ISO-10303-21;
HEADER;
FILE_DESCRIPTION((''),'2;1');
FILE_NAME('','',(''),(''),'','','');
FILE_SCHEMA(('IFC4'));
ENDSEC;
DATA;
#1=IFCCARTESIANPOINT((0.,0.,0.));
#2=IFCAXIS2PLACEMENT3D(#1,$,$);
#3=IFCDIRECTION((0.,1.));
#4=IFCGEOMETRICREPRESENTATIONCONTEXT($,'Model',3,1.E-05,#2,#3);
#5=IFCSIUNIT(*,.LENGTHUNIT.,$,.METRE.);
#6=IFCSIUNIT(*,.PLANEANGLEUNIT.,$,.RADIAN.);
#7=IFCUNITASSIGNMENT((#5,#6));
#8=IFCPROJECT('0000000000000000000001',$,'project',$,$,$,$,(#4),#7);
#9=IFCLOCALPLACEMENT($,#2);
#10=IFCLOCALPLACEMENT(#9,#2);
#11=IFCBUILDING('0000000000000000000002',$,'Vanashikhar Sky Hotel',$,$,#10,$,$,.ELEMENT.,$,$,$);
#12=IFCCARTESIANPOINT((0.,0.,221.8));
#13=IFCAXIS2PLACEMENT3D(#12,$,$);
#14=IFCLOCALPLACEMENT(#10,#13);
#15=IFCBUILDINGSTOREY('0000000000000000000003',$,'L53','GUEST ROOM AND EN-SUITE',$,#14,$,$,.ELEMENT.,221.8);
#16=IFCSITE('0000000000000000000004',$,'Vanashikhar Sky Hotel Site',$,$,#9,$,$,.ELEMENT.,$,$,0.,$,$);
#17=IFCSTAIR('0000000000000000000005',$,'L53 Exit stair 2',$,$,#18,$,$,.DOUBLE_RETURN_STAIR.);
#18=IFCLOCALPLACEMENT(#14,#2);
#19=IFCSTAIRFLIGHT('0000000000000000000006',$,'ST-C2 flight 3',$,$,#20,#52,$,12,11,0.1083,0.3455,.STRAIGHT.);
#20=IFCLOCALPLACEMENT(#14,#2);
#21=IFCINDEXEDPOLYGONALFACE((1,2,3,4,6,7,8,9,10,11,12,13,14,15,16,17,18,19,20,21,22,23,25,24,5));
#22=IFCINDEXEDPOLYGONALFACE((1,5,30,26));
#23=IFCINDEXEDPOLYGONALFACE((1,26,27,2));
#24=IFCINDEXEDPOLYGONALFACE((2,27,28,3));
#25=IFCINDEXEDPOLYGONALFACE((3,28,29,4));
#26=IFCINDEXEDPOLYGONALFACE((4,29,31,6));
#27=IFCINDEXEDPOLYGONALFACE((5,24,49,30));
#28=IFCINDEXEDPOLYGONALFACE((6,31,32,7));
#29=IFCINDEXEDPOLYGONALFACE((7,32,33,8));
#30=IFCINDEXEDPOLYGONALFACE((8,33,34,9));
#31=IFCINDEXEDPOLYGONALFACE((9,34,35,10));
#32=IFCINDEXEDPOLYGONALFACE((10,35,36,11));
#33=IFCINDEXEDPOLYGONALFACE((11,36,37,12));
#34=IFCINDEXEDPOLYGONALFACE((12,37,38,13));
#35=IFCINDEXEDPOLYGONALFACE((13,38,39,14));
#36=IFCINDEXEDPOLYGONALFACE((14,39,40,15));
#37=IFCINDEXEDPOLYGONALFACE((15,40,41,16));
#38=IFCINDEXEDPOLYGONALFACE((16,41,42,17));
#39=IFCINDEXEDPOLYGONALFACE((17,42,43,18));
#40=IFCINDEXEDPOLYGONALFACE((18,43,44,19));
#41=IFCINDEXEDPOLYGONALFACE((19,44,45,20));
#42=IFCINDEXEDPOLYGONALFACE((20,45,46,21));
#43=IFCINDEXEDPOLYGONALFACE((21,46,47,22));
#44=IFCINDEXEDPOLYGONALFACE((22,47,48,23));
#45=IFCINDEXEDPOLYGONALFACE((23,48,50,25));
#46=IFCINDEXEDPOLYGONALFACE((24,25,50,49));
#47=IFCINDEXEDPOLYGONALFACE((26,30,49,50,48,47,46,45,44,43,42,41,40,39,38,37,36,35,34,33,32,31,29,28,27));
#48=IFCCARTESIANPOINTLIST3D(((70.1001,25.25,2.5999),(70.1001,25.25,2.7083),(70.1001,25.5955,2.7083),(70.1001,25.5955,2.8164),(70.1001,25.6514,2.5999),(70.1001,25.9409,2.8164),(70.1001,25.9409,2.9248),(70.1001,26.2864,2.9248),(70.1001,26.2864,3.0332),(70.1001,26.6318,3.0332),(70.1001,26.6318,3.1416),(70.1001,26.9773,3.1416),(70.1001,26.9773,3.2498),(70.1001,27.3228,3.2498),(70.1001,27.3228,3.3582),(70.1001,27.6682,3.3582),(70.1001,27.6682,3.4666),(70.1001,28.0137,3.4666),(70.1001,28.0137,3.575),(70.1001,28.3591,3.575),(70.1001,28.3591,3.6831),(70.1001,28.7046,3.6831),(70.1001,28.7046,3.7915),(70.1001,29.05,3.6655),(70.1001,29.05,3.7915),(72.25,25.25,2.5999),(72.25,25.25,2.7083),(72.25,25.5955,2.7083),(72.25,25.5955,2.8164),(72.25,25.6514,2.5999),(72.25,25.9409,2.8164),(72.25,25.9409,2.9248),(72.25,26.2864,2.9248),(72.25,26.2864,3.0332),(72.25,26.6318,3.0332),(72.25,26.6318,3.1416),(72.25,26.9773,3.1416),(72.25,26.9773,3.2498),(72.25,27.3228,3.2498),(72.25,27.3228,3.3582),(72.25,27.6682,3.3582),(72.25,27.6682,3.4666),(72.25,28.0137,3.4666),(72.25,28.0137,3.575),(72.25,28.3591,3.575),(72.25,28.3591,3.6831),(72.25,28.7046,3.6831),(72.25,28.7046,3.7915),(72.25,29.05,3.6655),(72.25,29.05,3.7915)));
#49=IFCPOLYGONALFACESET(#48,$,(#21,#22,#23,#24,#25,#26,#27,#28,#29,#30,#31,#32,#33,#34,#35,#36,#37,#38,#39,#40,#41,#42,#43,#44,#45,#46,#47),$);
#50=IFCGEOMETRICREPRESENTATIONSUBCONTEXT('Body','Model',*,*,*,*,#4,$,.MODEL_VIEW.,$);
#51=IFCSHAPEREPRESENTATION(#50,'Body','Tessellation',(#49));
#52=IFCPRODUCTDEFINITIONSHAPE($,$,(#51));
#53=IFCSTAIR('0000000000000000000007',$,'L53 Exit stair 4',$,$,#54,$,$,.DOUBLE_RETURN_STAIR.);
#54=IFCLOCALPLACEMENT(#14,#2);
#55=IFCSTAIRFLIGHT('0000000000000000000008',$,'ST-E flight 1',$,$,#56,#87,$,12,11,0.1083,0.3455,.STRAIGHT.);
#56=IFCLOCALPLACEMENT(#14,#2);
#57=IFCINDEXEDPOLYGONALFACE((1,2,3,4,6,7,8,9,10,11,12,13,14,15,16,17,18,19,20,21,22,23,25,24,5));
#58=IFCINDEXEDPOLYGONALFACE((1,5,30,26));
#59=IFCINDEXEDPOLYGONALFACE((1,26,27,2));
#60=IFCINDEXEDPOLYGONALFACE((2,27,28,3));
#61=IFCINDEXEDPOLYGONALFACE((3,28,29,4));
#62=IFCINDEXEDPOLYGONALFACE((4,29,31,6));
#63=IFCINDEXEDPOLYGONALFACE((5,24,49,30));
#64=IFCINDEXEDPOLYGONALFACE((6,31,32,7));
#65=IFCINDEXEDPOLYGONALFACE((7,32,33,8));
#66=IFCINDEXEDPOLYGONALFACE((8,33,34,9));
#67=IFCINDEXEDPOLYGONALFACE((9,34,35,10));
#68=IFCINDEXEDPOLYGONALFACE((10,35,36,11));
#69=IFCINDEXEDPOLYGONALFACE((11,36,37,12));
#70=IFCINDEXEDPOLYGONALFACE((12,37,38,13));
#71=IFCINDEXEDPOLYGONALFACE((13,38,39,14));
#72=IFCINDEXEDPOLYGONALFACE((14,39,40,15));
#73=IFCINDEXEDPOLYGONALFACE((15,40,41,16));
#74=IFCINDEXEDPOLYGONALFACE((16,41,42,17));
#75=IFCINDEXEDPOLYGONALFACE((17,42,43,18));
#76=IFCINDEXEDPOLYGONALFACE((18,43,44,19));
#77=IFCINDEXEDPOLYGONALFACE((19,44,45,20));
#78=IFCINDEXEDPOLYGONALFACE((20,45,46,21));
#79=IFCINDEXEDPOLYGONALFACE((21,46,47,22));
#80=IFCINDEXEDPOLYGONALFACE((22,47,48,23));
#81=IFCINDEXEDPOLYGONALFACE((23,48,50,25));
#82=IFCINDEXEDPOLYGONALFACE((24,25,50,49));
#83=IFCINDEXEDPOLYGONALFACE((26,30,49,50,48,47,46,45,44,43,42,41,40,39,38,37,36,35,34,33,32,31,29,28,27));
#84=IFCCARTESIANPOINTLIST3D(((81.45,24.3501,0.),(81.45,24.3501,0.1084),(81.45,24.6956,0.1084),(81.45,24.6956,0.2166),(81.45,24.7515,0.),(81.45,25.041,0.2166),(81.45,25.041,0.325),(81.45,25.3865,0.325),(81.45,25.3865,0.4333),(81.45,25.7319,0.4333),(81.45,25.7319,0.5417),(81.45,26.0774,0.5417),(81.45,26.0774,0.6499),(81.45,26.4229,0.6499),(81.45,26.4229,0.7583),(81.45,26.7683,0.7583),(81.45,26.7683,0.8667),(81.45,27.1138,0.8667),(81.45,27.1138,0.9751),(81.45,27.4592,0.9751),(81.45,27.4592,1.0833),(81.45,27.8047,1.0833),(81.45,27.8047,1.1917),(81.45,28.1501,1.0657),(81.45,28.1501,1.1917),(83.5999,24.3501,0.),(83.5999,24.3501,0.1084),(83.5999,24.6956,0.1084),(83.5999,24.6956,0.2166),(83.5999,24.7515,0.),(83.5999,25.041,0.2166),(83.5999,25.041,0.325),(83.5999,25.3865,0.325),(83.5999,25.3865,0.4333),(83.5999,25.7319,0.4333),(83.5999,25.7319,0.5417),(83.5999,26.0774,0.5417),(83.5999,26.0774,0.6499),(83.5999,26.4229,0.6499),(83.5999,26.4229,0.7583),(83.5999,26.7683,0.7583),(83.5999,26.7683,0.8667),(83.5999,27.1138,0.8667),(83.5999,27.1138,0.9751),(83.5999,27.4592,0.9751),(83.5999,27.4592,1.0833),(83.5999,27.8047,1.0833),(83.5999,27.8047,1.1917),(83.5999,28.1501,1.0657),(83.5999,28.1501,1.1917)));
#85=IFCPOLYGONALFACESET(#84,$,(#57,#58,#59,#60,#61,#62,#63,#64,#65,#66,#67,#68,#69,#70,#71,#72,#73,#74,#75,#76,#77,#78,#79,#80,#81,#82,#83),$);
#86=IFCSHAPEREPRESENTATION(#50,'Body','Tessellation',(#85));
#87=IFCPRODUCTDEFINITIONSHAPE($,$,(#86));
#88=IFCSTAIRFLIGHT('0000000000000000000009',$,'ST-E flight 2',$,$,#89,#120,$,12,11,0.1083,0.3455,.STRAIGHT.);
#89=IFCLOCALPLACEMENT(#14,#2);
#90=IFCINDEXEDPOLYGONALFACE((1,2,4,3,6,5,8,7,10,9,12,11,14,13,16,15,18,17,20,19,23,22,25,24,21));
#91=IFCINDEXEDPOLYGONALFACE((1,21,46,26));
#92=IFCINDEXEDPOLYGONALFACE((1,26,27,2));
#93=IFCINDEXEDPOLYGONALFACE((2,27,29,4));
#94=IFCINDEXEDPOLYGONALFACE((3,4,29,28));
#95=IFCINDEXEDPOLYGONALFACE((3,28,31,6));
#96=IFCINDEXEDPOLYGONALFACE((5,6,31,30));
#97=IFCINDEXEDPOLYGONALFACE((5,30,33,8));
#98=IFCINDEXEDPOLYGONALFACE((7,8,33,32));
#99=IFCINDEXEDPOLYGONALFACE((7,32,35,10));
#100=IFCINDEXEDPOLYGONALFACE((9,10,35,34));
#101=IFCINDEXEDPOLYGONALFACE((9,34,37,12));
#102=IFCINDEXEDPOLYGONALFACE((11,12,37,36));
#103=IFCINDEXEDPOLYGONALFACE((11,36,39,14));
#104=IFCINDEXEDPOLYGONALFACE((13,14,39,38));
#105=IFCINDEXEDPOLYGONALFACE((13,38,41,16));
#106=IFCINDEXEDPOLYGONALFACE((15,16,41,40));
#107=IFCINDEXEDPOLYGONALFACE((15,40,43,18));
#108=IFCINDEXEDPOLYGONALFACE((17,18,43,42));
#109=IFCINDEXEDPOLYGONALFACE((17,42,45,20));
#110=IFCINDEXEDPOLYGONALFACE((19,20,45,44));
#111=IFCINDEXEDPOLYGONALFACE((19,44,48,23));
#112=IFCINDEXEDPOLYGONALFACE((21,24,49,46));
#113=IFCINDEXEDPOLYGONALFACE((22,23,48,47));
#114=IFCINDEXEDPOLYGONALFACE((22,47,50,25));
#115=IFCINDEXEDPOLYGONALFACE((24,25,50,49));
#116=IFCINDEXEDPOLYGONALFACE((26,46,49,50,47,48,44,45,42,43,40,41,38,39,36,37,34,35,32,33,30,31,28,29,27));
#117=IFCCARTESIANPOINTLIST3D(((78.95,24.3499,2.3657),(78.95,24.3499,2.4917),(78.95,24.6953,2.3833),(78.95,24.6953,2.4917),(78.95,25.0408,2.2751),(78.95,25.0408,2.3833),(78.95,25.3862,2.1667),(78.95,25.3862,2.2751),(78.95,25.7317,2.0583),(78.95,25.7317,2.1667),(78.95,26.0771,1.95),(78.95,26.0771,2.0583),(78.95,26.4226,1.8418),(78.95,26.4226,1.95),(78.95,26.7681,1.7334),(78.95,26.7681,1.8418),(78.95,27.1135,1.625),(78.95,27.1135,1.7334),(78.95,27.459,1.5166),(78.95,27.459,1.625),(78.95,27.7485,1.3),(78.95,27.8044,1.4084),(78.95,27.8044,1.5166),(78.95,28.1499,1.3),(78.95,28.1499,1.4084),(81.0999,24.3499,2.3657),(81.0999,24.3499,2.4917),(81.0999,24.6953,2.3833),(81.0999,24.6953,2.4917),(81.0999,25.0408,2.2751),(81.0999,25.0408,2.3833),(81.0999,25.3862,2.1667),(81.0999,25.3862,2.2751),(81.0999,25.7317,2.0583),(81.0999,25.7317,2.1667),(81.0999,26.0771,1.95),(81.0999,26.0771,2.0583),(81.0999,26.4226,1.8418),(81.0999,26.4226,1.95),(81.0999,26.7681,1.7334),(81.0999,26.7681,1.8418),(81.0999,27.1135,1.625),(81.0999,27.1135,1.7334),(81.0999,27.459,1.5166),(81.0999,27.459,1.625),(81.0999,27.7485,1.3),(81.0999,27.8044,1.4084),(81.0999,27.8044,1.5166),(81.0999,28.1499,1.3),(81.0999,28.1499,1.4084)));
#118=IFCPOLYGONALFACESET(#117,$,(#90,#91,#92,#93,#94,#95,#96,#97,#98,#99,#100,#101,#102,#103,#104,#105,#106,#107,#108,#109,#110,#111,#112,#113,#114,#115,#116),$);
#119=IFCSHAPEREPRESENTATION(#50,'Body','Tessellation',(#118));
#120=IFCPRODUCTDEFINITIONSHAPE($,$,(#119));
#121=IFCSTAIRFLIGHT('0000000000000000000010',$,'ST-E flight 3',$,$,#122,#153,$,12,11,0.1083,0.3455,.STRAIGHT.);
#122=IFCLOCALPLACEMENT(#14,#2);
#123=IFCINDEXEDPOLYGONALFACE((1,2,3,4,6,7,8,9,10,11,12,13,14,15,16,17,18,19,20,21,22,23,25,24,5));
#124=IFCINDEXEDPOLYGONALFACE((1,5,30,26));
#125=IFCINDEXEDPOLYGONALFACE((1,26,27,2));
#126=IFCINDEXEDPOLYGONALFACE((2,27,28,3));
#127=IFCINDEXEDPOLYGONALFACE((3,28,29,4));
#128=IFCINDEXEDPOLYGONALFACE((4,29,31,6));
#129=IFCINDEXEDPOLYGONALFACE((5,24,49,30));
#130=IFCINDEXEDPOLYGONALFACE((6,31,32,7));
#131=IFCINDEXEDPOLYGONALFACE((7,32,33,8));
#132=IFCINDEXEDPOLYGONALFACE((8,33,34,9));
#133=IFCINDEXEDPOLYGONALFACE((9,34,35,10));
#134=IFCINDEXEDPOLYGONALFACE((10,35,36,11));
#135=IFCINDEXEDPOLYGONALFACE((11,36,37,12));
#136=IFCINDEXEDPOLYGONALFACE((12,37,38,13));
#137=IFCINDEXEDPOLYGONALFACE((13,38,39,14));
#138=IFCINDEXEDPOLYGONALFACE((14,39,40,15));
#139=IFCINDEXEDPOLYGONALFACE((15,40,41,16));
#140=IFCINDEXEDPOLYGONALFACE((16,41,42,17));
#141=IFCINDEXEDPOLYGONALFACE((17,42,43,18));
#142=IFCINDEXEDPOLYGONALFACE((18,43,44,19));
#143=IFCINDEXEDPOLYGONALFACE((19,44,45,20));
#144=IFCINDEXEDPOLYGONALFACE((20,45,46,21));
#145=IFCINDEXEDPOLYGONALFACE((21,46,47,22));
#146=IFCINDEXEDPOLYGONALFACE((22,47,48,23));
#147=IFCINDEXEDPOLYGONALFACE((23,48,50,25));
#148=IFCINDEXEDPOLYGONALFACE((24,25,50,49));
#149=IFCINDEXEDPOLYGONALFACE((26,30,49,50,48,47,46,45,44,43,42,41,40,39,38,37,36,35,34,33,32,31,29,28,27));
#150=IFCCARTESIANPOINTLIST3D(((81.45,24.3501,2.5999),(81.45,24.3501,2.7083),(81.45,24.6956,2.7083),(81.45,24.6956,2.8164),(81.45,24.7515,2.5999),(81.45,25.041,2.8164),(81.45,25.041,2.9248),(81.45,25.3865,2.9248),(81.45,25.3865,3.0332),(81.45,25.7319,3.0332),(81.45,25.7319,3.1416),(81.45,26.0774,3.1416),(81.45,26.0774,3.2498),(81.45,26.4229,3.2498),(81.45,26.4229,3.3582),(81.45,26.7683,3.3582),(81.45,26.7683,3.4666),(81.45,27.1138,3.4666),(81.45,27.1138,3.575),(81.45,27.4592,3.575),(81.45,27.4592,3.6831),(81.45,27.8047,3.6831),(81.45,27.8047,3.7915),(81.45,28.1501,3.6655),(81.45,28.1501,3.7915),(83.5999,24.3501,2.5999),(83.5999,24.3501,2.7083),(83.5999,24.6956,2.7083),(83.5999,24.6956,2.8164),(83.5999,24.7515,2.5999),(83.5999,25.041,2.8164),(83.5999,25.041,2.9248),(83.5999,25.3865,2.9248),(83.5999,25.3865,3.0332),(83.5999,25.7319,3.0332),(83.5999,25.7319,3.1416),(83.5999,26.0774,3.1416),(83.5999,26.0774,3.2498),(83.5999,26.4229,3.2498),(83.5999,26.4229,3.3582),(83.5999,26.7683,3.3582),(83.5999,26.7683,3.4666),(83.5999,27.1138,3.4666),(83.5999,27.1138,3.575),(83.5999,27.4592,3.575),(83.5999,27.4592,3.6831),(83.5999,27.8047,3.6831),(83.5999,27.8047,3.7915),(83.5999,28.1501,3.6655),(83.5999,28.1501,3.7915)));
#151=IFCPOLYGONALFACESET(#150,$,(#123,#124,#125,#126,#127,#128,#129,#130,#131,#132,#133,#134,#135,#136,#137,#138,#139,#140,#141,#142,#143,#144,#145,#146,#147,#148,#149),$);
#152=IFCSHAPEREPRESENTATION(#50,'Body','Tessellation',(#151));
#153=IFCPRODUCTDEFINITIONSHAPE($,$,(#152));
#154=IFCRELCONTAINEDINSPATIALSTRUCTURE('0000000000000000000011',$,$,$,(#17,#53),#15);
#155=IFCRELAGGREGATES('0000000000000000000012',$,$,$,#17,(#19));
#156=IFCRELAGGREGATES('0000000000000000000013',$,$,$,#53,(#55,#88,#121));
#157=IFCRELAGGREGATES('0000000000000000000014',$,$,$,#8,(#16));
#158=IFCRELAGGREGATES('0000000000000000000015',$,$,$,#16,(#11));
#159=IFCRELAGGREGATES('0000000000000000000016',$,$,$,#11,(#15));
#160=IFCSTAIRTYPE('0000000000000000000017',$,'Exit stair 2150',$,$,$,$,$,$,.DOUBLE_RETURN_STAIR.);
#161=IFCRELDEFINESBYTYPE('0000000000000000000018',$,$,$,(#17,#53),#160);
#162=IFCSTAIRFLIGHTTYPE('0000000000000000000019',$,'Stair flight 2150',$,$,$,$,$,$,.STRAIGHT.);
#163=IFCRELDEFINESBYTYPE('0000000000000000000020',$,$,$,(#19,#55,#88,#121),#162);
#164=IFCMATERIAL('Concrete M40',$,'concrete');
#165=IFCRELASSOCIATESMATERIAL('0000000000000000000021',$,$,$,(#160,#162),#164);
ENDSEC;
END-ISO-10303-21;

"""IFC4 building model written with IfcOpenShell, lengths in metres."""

from ifc_helpers import new_model, si_unit, direction, frame, origin, place, context, subcontext, project, spatial, polyline, outline, extrude, source, transform, mapped, material, type_object, element, aggregate, save


model = new_model("IFC4")

# Units and contexts
model_context = context("Model", 3, precision=1e-05, world=origin(), true_north=direction((0.0, 1.0)))
body_context = subcontext(model_context, "Body", "Model", "MODEL_VIEW")
ifc_project = project(units=[si_unit("LENGTHUNIT", "METRE"), si_unit("PLANEANGLEUNIT", "RADIAN")], contexts=[model_context])

# Site, building, storey
site_placement = place(None, origin())
site = spatial("IfcSite", under=ifc_project, at=site_placement, Name="Vanashikhar Sky Hotel Site", CompositionType="ELEMENT", RefElevation=0.0)
building_placement = place(site_placement, origin())
building = spatial("IfcBuilding", under=site, at=building_placement, Name="Vanashikhar Sky Hotel", CompositionType="ELEMENT")
storey_placement = place(building_placement, frame((0.0, 0.0, 221.8)))
storey = spatial("IfcBuildingStorey", under=building, at=storey_placement, Name="L53", Description="GUEST ROOM AND EN-SUITE", CompositionType="ELEMENT", Elevation=221.8)

# Stairs, stair flights
ifc_material_1 = material(Name="Concrete M40", Category="concrete")
stair_type = type_object("IfcStairType", Name="Exit stair 2150", PredefinedType="DOUBLE_RETURN_STAIR", material=ifc_material_1)
stair_1_placement = place(storey_placement, origin())
stair_1 = element("IfcStair", 1, at=stair_1_placement, inside=storey, type_object=stair_type, Name="L53 Exit stair 2", PredefinedType="DOUBLE_RETURN_STAIR")
stair_flight_type = type_object("IfcStairFlightType", Name="Stair flight 2150", PredefinedType="STRAIGHT", material=ifc_material_1)
shared_shape_1 = source(origin(), body_context, "Body", "SweptSolid", [
    extrude(outline(polyline([(0.0, 0.0), (0.0, 0.1084), (0.3455, 0.1084), (0.3455, 0.2166), (0.6909, 0.2166), (0.6909, 0.325), (1.0364, 0.325), (1.0364, 0.4333), (1.3818, 0.4333), (1.3818, 0.5417), (1.7273, 0.5417), (1.7273, 0.6499), (2.0728, 0.6499), (2.0728, 0.7583), (2.4182, 0.7583), (2.4182, 0.8667), (2.7637, 0.8667), (2.7637, 0.9751), (3.1091, 0.9751), (3.1091, 1.0833), (3.4546, 1.0833), (3.4546, 1.1917), (3.8, 1.1917), (3.8, 1.3), (3.8, 1.0657), (0.4014, 0.0), (0.0, 0.0)])), frame((0.0, 1.075, 0.0), z_axis=(0.0, -1.0, 0.0), x_axis=(1.0, 0.0, 0.0)), (0.0, 0.0, 1.0), 2.1499),
])
stair_flight_1_placement = place(storey_placement, frame((71.175, 25.25, 2.5999), z_axis=(0.0, 0.0, 1.0), x_axis=(0.0, 1.0, 0.0)))
stair_flight_1 = element("IfcStairFlight", 2, at=stair_flight_1_placement, type_object=stair_flight_type, Name="ST-C2 flight 3", NumberOfRisers=12, NumberOfTreads=11, PredefinedType="STRAIGHT", RiserHeight=0.1083, TreadLength=0.3455, context=body_context, shape_type="MappedRepresentation", body=[
    mapped(shared_shape_1, transform((0.0, 0.0, 0.0), scale=1.0)),
])
aggregate(stair_1, [stair_flight_1])
stair_2_placement = place(storey_placement, origin())
stair_2 = element("IfcStair", 3, at=stair_2_placement, inside=storey, type_object=stair_type, Name="L53 Exit stair 4", PredefinedType="DOUBLE_RETURN_STAIR")
stair_flight_2_placement = place(storey_placement, frame((82.5249, 24.3501, 0.0), z_axis=(0.0, 0.0, 1.0), x_axis=(0.0, 1.0, 0.0)))
stair_flight_2 = element("IfcStairFlight", 4, at=stair_flight_2_placement, type_object=stair_flight_type, Name="ST-E flight 1", NumberOfRisers=12, NumberOfTreads=11, PredefinedType="STRAIGHT", RiserHeight=0.1083, TreadLength=0.3455, context=body_context, shape_type="MappedRepresentation", body=[
    mapped(shared_shape_1, transform((0.0, 0.0, 0.0), scale=1.0)),
])
stair_flight_3_placement = place(storey_placement, frame((80.0249, 28.1499, 1.3), z_axis=(0.0, 0.0, 1.0), x_axis=(0.0, -1.0, 0.0)))
stair_flight_3 = element("IfcStairFlight", 5, at=stair_flight_3_placement, type_object=stair_flight_type, Name="ST-E flight 2", NumberOfRisers=12, NumberOfTreads=11, PredefinedType="STRAIGHT", RiserHeight=0.1083, TreadLength=0.3455, context=body_context, shape_type="MappedRepresentation", body=[
    mapped(shared_shape_1, transform((0.0, 0.0, 0.0), scale=1.0)),
])
stair_flight_4_placement = place(storey_placement, frame((82.5249, 24.3501, 2.5999), z_axis=(0.0, 0.0, 1.0), x_axis=(0.0, 1.0, 0.0)))
stair_flight_4 = element("IfcStairFlight", 6, at=stair_flight_4_placement, type_object=stair_flight_type, Name="ST-E flight 3", NumberOfRisers=12, NumberOfTreads=11, PredefinedType="STRAIGHT", RiserHeight=0.1083, TreadLength=0.3455, context=body_context, shape_type="MappedRepresentation", body=[
    mapped(shared_shape_1, transform((0.0, 0.0, 0.0), scale=1.0)),
])
aggregate(stair_2, [stair_flight_2, stair_flight_3, stair_flight_4])

save(model, "model.ifc")
